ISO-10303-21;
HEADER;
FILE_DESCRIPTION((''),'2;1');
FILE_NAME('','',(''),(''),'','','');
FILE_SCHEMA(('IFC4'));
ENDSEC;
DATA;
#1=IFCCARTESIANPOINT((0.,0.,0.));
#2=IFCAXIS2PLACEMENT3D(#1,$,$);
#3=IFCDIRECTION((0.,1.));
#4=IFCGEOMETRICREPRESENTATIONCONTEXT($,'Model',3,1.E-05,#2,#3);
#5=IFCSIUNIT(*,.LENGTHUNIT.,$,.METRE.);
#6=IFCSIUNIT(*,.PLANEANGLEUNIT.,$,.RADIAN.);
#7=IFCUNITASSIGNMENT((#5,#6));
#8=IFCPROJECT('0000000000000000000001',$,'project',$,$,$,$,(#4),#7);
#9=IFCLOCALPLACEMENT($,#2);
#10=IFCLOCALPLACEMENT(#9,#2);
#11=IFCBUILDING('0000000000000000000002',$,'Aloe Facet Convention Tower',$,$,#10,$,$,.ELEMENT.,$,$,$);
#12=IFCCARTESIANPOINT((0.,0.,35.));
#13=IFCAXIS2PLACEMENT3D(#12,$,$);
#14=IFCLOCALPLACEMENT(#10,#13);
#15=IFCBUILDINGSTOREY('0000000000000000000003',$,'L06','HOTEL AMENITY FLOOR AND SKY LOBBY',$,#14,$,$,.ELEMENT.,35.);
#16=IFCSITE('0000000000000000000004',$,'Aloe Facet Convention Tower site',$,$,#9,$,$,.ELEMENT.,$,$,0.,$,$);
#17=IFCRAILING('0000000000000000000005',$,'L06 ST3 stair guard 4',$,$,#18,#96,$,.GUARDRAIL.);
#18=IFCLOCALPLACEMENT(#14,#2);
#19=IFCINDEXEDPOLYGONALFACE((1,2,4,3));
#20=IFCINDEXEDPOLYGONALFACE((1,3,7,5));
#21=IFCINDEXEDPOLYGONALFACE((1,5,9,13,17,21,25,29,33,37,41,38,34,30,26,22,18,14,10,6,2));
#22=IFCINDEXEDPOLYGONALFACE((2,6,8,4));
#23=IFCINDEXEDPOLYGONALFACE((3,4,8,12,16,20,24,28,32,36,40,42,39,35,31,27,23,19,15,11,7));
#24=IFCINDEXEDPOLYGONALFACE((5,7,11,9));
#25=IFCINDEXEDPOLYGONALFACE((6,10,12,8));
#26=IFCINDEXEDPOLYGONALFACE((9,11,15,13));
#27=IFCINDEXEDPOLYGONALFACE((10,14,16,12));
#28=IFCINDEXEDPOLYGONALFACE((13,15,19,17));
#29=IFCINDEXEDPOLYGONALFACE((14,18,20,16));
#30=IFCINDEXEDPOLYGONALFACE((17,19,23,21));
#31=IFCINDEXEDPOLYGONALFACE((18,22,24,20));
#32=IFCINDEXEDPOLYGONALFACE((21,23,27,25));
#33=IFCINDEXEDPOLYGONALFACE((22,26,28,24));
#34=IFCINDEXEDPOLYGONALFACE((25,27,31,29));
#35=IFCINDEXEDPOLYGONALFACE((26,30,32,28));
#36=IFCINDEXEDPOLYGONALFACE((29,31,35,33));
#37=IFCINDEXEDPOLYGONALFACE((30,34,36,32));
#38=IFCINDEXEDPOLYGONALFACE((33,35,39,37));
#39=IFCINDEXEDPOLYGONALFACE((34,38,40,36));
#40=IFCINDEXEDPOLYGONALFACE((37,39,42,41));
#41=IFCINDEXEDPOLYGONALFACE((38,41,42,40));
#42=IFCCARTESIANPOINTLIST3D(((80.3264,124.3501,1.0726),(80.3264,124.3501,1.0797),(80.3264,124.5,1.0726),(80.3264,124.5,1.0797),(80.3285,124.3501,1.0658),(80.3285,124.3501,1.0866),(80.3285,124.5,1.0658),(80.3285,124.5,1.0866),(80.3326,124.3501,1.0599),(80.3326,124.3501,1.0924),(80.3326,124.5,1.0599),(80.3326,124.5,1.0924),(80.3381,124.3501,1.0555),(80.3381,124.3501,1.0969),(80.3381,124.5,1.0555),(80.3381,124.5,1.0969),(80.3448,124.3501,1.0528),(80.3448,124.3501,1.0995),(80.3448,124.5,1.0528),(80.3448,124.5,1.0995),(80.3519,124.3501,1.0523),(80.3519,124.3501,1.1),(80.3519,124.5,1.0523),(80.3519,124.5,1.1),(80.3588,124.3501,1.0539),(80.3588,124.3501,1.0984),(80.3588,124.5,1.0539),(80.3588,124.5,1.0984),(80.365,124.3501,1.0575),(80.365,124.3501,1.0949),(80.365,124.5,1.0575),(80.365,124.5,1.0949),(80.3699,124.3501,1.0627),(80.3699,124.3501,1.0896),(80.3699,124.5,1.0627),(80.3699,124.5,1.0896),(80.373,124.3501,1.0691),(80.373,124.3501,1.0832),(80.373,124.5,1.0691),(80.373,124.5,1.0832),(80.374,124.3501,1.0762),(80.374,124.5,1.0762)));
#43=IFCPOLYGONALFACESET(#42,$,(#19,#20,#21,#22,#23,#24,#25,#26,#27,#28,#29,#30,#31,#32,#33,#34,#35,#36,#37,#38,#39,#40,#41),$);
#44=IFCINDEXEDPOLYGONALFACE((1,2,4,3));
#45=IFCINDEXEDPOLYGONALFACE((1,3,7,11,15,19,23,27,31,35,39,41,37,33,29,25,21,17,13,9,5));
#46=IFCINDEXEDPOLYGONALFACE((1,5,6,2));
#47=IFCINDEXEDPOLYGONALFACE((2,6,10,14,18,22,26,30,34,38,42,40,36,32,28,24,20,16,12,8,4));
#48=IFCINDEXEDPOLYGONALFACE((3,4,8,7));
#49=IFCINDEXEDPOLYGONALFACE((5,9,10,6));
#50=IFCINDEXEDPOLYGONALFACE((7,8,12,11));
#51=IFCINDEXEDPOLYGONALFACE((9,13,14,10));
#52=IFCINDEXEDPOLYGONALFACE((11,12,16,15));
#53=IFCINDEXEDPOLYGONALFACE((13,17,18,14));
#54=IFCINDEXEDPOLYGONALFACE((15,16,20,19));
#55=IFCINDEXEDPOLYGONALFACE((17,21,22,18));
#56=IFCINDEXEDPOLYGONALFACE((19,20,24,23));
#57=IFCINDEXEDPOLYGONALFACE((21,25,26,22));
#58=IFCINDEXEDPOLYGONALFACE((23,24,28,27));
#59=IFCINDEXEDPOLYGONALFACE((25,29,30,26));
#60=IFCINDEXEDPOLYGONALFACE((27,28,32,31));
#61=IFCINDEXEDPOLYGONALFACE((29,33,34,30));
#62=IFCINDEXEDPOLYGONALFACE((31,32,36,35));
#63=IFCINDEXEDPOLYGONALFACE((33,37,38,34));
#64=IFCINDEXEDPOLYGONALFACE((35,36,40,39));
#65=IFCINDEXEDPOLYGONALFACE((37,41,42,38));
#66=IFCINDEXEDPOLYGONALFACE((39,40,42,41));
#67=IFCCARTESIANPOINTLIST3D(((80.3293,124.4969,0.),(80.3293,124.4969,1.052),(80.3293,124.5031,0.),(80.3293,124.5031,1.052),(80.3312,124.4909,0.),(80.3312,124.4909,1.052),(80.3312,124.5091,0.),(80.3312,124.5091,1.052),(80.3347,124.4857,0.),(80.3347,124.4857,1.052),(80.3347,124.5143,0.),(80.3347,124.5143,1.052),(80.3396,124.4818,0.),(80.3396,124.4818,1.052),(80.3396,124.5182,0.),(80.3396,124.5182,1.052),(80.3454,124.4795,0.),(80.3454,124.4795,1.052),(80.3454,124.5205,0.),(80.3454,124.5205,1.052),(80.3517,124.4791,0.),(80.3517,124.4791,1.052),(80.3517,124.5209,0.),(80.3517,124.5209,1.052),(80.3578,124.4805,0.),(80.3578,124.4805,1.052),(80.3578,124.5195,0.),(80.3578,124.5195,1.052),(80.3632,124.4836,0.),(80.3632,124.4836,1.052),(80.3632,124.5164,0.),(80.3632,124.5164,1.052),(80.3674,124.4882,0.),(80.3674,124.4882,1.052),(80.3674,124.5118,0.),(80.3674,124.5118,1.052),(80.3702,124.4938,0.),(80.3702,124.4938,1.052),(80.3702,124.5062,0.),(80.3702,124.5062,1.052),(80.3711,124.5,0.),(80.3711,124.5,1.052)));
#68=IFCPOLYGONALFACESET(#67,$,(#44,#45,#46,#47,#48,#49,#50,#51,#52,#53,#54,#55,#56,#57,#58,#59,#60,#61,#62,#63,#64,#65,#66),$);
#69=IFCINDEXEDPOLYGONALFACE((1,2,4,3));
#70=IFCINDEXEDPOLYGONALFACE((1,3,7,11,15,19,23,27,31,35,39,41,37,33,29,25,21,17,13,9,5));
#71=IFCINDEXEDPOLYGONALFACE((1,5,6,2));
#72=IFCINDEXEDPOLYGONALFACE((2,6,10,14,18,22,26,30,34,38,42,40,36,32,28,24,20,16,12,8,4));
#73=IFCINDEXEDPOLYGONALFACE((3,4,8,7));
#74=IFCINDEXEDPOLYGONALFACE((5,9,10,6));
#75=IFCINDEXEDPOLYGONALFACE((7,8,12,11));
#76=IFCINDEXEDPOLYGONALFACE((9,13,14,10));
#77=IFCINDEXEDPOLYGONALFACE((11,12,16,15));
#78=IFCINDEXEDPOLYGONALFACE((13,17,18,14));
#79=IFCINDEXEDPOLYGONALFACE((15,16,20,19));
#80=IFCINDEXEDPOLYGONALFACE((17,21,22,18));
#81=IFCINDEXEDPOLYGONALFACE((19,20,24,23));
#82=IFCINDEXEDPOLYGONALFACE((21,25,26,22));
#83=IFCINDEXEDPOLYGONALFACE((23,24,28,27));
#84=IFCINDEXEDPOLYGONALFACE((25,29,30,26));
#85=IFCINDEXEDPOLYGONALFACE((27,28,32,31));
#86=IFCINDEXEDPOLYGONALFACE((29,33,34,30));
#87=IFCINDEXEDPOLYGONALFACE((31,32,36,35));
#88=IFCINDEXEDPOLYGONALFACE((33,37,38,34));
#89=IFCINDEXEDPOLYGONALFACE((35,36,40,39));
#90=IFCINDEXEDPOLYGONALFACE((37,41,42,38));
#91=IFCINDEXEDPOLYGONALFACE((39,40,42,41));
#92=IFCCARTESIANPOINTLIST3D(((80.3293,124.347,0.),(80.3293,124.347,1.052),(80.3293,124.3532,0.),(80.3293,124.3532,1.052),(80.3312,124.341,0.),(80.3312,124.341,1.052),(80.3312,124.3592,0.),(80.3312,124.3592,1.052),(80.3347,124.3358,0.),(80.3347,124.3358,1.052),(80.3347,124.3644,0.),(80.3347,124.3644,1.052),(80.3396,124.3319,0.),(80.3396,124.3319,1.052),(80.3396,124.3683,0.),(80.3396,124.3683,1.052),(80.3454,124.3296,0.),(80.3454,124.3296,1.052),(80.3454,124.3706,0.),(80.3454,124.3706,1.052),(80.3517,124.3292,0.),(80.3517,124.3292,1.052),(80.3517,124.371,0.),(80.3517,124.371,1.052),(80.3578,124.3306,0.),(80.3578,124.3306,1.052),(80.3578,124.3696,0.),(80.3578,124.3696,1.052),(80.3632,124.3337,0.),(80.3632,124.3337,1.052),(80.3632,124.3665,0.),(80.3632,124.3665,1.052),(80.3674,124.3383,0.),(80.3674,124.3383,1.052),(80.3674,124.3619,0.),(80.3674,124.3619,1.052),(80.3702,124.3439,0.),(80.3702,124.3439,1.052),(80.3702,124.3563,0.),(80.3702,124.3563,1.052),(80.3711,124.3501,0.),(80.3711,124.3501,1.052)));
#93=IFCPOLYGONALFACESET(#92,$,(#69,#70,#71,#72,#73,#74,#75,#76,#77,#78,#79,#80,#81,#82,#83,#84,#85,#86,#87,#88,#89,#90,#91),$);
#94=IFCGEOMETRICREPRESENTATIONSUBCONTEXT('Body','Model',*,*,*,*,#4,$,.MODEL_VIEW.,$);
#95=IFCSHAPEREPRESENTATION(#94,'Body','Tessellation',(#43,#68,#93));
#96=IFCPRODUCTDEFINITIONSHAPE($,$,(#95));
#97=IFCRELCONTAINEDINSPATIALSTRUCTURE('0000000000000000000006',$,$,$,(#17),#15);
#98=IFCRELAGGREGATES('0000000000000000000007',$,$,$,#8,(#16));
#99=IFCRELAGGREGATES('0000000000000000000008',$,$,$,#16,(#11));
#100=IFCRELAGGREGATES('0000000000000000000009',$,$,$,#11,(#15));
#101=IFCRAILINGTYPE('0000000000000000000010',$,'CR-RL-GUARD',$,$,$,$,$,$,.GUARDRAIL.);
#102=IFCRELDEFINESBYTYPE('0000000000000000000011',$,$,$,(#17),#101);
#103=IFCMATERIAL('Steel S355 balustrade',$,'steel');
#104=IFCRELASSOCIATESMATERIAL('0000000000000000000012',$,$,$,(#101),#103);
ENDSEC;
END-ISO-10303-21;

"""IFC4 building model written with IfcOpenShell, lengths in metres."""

from ifc_helpers import new_model, si_unit, direction, frame, origin, origin_2d, place, context, subcontext, project, spatial, circle, extrude, material, type_object, element, save


model = new_model("IFC4")

# Units and contexts
model_context = context("Model", 3, precision=1e-05, world=origin(), true_north=direction((0.0, 1.0)))
body_context = subcontext(model_context, "Body", "Model", "MODEL_VIEW")
ifc_project = project(units=[si_unit("LENGTHUNIT", "METRE"), si_unit("PLANEANGLEUNIT", "RADIAN")], contexts=[model_context])

# Site, building, storey
site_placement = place(None, origin())
site = spatial("IfcSite", under=ifc_project, at=site_placement, Name="Aloe Facet Convention Tower site", CompositionType="ELEMENT", RefElevation=0.0)
building_placement = place(site_placement, origin())
building = spatial("IfcBuilding", under=site, at=building_placement, Name="Aloe Facet Convention Tower", CompositionType="ELEMENT")
storey_placement = place(building_placement, frame((0.0, 0.0, 35.0)))
storey = spatial("IfcBuildingStorey", under=building, at=storey_placement, Name="L06", Description="HOTEL AMENITY FLOOR AND SKY LOBBY", CompositionType="ELEMENT", Elevation=35.0)

# Railing
ifc_material_1 = material(Name="Steel S355 balustrade", Category="steel")
railing_type_1 = type_object("IfcRailingType", Name="CR-RL-GUARD", PredefinedType="GUARDRAIL", material=ifc_material_1)
railing_1_placement = place(storey_placement, frame((80.3501, 124.5, 0.0)))
element("IfcRailing", 1, at=railing_1_placement, inside=storey, type_object=railing_type_1, Name="L06 ST3 stair guard 4", PredefinedType="GUARDRAIL", context=body_context, shape_type="SweptSolid", body=[
    extrude(circle(Radius=0.0239, at=origin_2d()), frame((0.0, 0.0, 1.0762), z_axis=(0.0, -1.0, 0.0), x_axis=(1.0, 0.0, 0.0)), (0.0, 0.0, 1.0), 0.1499),
    extrude(circle(Radius=0.021, at=origin_2d()), origin(), (0.0, 0.0, 1.0), 1.052),
    extrude(circle(Radius=0.021, at=origin_2d()), frame((0.0, -0.1499, 0.0)), (0.0, 0.0, 1.0), 1.052),
])

save(model, "model.ifc")
